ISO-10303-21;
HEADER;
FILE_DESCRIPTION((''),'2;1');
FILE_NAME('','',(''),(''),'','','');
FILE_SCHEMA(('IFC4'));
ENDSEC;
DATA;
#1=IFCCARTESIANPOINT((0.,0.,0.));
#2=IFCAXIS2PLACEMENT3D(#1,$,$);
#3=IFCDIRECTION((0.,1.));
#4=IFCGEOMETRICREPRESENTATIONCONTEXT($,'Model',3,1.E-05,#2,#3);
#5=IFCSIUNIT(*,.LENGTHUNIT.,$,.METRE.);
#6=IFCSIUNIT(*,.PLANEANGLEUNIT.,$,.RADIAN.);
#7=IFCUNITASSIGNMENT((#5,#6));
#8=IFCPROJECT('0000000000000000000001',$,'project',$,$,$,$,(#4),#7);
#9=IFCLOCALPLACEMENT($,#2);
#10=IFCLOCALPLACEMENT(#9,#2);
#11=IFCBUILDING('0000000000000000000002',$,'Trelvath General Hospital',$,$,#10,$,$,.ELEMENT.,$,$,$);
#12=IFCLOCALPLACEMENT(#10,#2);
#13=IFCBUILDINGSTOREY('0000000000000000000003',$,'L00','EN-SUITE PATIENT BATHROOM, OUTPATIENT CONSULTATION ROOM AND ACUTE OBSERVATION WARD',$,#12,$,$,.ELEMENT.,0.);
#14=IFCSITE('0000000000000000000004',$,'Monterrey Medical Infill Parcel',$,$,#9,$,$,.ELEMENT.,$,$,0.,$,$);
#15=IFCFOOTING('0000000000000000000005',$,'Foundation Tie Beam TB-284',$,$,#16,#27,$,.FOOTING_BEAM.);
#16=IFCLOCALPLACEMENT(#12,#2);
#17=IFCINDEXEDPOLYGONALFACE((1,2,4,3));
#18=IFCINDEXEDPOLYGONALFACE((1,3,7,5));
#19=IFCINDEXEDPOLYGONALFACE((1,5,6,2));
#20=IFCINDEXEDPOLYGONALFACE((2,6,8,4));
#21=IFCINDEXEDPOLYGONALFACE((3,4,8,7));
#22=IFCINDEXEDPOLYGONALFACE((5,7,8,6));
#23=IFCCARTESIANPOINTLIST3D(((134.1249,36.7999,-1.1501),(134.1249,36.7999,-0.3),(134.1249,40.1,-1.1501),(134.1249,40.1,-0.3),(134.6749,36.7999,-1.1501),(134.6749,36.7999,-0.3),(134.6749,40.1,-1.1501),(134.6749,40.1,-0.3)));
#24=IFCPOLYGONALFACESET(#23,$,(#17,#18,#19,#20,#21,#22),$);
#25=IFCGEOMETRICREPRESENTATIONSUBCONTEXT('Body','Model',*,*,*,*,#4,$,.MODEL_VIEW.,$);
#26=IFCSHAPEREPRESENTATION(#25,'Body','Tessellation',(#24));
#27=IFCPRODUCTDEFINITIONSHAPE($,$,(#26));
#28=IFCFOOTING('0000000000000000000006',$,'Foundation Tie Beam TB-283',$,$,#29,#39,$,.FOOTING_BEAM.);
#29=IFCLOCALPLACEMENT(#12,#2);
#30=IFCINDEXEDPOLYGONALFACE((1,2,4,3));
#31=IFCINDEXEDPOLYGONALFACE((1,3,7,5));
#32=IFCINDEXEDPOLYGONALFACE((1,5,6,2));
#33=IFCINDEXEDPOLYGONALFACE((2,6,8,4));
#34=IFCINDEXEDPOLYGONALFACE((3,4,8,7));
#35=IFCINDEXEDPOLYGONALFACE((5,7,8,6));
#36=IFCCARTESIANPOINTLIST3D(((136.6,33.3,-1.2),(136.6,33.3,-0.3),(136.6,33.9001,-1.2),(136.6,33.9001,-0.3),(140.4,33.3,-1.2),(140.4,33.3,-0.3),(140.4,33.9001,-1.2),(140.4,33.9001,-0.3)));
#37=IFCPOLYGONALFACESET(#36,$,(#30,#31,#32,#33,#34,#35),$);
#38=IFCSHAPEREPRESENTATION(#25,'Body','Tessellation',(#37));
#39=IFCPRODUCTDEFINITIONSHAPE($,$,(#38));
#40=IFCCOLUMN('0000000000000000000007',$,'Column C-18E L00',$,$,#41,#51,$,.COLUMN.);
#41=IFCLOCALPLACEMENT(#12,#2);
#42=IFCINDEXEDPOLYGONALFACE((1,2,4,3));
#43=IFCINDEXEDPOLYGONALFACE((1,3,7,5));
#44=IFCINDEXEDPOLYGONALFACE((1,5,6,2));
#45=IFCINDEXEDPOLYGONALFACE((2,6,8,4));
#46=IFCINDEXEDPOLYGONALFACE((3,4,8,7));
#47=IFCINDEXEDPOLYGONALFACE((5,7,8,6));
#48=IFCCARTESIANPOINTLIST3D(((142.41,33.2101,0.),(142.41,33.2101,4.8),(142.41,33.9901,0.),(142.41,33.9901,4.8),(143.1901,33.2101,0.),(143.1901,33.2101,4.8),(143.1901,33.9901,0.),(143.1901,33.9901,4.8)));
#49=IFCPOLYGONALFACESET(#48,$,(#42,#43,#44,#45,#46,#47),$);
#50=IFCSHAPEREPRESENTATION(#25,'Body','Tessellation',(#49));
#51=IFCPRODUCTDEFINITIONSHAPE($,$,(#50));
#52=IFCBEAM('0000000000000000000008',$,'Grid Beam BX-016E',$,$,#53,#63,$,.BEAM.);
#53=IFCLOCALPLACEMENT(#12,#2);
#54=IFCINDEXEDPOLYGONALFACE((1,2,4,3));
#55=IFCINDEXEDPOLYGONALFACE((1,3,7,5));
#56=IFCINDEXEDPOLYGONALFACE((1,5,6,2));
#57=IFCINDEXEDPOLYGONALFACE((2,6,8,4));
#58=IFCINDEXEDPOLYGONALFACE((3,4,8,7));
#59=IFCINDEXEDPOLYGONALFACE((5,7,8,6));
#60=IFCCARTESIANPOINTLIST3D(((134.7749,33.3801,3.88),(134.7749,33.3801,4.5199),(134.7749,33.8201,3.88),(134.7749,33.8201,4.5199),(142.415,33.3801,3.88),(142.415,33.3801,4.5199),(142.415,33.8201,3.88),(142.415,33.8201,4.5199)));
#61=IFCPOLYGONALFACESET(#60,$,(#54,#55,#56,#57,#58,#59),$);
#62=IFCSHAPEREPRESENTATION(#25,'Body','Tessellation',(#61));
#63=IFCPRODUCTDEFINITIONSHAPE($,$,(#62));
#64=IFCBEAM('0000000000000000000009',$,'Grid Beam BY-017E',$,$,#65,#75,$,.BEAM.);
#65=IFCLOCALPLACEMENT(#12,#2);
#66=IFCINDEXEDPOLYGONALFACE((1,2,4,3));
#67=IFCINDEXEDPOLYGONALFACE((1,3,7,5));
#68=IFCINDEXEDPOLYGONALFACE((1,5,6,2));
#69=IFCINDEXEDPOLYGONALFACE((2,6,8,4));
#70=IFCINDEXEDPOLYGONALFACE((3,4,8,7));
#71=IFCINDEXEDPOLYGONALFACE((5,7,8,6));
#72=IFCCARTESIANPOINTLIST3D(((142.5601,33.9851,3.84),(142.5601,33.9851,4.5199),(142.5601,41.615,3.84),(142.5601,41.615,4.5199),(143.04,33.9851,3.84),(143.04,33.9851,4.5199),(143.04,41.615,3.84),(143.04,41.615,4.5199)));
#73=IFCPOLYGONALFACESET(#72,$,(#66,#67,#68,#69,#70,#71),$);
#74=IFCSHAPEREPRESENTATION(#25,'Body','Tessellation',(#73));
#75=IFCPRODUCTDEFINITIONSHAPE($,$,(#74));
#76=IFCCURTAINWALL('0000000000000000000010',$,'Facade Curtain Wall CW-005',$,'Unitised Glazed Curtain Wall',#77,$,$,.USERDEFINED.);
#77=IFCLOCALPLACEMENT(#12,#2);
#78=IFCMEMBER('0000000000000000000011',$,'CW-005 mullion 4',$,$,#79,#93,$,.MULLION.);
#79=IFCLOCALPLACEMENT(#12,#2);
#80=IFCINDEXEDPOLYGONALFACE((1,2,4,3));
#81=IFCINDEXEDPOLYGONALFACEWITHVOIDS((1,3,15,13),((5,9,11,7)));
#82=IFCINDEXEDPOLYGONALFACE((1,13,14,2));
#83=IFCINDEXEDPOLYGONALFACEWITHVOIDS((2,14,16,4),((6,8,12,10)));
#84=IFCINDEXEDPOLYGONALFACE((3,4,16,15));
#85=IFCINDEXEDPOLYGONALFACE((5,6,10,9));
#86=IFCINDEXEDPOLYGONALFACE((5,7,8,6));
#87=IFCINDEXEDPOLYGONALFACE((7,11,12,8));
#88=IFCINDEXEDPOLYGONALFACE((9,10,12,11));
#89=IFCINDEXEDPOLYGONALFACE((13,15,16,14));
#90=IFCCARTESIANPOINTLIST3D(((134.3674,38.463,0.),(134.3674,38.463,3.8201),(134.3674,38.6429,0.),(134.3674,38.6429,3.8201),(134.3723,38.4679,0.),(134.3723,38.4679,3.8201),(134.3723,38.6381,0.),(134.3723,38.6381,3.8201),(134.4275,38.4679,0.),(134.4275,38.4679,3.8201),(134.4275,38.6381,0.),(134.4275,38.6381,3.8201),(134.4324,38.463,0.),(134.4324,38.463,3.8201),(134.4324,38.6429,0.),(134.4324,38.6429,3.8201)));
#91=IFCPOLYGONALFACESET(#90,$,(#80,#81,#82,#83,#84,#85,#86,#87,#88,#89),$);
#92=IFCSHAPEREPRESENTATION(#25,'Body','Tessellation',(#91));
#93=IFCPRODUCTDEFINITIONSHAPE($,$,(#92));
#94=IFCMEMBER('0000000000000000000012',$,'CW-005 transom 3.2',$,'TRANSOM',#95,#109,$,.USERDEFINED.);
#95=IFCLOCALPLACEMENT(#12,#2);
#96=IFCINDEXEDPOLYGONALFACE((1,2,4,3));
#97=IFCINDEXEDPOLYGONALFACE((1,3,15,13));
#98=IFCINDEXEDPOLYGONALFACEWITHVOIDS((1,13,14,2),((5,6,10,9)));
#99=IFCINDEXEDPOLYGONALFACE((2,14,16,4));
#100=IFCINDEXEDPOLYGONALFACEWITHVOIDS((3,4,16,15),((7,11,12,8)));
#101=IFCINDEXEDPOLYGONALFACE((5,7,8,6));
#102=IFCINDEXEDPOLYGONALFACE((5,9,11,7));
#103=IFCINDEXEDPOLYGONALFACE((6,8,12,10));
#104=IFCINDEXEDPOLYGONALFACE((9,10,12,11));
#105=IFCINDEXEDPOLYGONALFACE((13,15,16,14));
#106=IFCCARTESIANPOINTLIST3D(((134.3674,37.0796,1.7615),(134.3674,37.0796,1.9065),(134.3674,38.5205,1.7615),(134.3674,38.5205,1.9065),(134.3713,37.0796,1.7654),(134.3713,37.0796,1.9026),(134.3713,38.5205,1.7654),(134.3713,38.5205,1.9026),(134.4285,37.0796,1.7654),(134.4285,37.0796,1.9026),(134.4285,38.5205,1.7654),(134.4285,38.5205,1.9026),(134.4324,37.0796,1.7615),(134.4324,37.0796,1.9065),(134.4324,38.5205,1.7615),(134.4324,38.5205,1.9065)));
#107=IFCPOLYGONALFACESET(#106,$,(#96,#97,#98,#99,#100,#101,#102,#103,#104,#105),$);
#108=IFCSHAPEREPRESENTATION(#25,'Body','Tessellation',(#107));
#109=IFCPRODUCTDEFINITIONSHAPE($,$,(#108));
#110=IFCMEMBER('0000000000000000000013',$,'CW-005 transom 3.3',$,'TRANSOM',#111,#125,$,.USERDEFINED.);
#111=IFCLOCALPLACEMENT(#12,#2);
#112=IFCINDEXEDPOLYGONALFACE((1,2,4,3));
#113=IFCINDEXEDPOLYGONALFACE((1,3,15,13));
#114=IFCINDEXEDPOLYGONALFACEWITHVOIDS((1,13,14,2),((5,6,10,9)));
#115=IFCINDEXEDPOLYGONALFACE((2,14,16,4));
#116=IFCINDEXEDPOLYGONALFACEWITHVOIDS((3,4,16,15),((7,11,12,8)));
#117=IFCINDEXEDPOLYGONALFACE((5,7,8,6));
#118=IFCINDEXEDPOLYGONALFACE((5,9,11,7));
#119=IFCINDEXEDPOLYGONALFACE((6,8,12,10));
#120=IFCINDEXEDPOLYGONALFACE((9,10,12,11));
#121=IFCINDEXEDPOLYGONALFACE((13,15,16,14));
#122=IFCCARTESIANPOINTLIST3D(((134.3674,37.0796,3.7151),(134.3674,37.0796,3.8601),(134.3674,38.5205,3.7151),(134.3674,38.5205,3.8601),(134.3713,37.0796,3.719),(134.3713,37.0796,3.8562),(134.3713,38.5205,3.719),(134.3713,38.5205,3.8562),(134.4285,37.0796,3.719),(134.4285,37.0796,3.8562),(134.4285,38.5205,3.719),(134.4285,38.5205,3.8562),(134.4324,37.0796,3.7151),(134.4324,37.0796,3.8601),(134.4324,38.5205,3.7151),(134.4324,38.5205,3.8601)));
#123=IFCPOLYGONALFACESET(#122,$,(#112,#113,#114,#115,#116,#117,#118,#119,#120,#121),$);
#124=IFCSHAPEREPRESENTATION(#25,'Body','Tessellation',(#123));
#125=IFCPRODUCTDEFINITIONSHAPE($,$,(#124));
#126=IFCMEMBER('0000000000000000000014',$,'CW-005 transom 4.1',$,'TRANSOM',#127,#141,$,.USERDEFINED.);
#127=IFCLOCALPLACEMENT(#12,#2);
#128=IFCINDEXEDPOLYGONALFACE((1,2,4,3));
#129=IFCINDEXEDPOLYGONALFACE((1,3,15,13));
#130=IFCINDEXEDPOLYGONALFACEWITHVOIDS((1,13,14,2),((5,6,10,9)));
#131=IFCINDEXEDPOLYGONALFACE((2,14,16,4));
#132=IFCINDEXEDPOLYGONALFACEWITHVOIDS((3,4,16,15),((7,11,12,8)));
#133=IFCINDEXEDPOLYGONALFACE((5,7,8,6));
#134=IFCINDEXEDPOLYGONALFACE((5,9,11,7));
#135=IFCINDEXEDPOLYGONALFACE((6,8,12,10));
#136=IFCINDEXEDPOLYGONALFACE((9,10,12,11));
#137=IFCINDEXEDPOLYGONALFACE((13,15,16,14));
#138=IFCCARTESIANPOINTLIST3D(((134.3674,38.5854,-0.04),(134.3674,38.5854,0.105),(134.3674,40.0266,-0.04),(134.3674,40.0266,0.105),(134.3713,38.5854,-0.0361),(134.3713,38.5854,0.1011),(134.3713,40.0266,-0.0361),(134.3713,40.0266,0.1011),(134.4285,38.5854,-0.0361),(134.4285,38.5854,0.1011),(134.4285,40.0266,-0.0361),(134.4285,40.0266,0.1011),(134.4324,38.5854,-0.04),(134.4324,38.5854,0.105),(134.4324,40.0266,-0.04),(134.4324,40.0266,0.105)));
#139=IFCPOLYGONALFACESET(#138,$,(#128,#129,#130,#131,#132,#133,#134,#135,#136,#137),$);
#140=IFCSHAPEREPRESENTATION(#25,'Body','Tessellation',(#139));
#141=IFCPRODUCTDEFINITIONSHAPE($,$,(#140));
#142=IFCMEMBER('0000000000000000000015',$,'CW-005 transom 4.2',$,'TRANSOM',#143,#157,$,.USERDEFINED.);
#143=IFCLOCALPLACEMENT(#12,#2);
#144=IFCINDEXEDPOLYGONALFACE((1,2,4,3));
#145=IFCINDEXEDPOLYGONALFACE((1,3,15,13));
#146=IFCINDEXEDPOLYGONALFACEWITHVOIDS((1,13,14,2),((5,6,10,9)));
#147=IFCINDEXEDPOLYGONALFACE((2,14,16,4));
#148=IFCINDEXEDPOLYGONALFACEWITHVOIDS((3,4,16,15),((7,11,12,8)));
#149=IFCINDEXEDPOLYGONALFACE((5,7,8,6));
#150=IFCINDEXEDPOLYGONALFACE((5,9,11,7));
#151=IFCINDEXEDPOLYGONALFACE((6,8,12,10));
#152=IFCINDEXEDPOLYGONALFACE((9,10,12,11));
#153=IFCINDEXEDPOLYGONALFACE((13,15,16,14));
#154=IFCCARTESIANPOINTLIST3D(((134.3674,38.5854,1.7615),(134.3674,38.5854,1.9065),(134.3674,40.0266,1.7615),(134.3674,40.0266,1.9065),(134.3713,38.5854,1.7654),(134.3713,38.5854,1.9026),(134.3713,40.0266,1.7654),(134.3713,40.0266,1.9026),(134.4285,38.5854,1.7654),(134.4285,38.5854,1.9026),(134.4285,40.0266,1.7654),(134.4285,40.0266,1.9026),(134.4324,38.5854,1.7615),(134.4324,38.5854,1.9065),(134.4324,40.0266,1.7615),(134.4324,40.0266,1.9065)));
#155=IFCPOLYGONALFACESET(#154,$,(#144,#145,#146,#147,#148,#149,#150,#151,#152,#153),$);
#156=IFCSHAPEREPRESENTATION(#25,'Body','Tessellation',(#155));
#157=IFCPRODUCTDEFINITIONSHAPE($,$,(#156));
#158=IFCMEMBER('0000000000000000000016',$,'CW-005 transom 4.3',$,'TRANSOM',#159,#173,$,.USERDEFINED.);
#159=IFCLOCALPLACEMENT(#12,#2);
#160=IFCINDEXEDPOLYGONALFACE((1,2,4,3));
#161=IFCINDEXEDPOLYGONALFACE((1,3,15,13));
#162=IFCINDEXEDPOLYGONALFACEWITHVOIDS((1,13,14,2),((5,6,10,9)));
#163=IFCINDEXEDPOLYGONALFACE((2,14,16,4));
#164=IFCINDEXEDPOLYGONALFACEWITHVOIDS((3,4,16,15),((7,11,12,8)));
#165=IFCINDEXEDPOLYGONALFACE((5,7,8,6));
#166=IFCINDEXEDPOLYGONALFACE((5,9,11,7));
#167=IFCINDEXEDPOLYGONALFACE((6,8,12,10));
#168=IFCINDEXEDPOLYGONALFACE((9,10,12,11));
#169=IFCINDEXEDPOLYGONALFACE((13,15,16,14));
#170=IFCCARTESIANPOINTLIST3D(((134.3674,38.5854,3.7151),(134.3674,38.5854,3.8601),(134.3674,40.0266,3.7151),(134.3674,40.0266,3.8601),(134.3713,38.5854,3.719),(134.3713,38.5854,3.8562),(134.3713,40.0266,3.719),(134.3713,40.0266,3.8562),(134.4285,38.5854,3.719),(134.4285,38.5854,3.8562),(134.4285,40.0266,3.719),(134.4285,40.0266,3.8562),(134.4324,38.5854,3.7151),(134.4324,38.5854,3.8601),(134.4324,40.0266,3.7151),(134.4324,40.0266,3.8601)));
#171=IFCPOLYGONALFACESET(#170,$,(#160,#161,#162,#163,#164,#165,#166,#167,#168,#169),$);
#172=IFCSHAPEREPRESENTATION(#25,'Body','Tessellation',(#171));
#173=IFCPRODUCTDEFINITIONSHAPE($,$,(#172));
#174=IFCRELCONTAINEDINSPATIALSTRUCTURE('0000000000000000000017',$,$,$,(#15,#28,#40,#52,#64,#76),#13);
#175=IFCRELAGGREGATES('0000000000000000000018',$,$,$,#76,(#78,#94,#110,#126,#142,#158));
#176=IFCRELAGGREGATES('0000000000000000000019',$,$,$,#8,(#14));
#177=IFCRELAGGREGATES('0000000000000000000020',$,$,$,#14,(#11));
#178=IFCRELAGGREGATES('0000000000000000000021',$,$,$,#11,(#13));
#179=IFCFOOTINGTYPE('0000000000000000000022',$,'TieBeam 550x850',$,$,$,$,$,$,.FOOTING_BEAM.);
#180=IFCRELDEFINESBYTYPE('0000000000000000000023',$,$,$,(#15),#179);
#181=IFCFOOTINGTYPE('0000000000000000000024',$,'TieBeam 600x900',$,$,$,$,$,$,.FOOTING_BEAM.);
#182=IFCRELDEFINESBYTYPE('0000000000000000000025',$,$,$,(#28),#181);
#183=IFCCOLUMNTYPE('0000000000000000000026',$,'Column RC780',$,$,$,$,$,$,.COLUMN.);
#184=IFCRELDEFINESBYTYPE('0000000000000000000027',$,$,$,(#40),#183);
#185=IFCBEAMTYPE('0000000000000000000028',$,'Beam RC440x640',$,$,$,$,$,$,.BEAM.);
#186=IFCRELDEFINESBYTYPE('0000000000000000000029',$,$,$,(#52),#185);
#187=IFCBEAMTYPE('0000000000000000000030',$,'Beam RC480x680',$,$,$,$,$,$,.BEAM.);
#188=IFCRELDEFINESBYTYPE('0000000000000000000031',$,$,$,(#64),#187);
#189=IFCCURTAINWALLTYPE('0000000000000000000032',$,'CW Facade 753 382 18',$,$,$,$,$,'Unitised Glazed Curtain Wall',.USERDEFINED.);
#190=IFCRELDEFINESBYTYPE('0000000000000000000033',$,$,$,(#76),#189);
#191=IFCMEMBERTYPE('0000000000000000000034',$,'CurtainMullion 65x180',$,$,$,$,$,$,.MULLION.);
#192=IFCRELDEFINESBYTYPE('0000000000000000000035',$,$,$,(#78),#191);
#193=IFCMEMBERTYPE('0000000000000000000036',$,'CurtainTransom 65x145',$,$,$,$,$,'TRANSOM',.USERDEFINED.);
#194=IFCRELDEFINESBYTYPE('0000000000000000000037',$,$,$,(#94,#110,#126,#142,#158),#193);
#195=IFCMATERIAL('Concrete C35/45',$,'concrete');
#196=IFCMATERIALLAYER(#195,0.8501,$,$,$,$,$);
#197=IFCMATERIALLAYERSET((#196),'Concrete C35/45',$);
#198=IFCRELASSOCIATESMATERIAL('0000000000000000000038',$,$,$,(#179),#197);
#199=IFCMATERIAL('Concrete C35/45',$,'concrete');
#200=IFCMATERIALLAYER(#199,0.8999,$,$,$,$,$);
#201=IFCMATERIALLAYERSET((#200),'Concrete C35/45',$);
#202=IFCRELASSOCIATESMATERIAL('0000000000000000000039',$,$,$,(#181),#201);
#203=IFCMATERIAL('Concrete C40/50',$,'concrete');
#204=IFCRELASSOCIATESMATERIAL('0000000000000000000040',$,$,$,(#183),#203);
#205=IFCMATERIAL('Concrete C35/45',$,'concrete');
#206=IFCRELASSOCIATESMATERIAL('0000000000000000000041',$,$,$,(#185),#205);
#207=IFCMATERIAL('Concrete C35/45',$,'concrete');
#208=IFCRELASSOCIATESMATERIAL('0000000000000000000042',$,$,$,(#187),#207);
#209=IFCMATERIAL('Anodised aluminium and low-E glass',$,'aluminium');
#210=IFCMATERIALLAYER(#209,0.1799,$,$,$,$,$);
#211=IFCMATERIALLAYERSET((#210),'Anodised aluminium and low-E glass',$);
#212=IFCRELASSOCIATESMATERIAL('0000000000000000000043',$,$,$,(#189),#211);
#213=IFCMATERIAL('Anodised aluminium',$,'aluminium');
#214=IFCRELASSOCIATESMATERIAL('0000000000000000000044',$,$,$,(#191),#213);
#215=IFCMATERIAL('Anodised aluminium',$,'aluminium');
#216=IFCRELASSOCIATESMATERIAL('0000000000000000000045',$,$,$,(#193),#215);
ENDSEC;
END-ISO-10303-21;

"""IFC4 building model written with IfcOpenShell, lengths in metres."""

from ifc_helpers import new_model, si_unit, direction, frame, origin, origin_2d, place, context, subcontext, project, spatial, rectangle, hollow_rectangle, extrude, material, layer, layer_set, material_profile, profile_set, type_object, element, aggregate, save


model = new_model("IFC4")

# Units and contexts
model_context = context("Model", 3, precision=1e-05, world=origin(), true_north=direction((0.0, 1.0)))
body_context = subcontext(model_context, "Body", "Model", "MODEL_VIEW")
ifc_project = project(units=[si_unit("LENGTHUNIT", "METRE"), si_unit("PLANEANGLEUNIT", "RADIAN")], contexts=[model_context])

# Site, building, storey
site_placement = place(None, origin())
site = spatial("IfcSite", under=ifc_project, at=site_placement, Name="Monterrey Medical Infill Parcel", CompositionType="ELEMENT", RefElevation=0.0)
building_placement = place(site_placement, origin())
building = spatial("IfcBuilding", under=site, at=building_placement, Name="Trelvath General Hospital", CompositionType="ELEMENT")
storey_placement = place(building_placement, origin())
storey = spatial("IfcBuildingStorey", under=building, at=storey_placement, Name="L00", Description="EN-SUITE PATIENT BATHROOM, OUTPATIENT CONSULTATION ROOM AND ACUTE OBSERVATION WARD", CompositionType="ELEMENT", Elevation=0.0)

# Footings
ifc_material_1 = material(Name="Concrete C35/45", Category="concrete")
ifc_layer_1 = layer(ifc_material_1, 0.8501)
ifc_layer_set_1 = layer_set([ifc_layer_1], Name="Concrete C35/45")
footing_type_1 = type_object("IfcFootingType", Name="TieBeam 550x850", PredefinedType="FOOTING_BEAM", material=ifc_layer_set_1)
footing_1_placement = place(storey_placement, frame((134.3999, 38.45, -1.1501), z_axis=(0.0, 0.0, 1.0), x_axis=(1.0, 0.0, 0.0)))
element("IfcFooting", 1, at=footing_1_placement, inside=storey, type_object=footing_type_1, Name="Foundation Tie Beam TB-284", PredefinedType="FOOTING_BEAM", context=body_context, shape_type="SweptSolid", body=[
    extrude(rectangle(XDim=0.55, YDim=3.3, at=origin_2d()), origin(), (0.0, 0.0, 1.0), 0.8501),
])
ifc_material_2 = material(Name="Concrete C35/45", Category="concrete")
ifc_layer_2 = layer(ifc_material_2, 0.8999)
ifc_layer_set_2 = layer_set([ifc_layer_2], Name="Concrete C35/45")
footing_type_2 = type_object("IfcFootingType", Name="TieBeam 600x900", PredefinedType="FOOTING_BEAM", material=ifc_layer_set_2)
footing_2_placement = place(storey_placement, frame((138.5, 33.6001, -1.2), z_axis=(0.0, 0.0, 1.0), x_axis=(1.0, 0.0, 0.0)))
element("IfcFooting", 2, at=footing_2_placement, inside=storey, type_object=footing_type_2, Name="Foundation Tie Beam TB-283", PredefinedType="FOOTING_BEAM", context=body_context, shape_type="SweptSolid", body=[
    extrude(rectangle(XDim=3.8, YDim=0.6001, at=origin_2d()), origin(), (0.0, 0.0, 1.0), 0.8999),
])

# Column
ifc_material_3 = material(Name="Concrete C40/50", Category="concrete")
ifc_material_profile_1 = material_profile(ifc_material_3, rectangle(XDim=0.78, YDim=0.78, at=origin_2d()), Name="RC780x780")
ifc_profile_set_1 = profile_set([ifc_material_profile_1], Name="Concrete C40/50")
column_type = type_object("IfcColumnType", Name="Column RC780", PredefinedType="COLUMN", material=ifc_profile_set_1)
column_placement = place(storey_placement, frame((142.8, 33.6001, 0.0), z_axis=(0.0, 0.0, 1.0), x_axis=(1.0, 0.0, 0.0)))
element("IfcColumn", 3, at=column_placement, inside=storey, type_object=column_type, Name="Column C-18E L00", PredefinedType="COLUMN", context=body_context, shape_type="SweptSolid", body=[
    extrude(rectangle(XDim=0.78, YDim=0.78, at=origin_2d()), origin(), (0.0, 0.0, 1.0), 4.8),
])

# Beams
ifc_material_4 = material(Name="Concrete C35/45", Category="concrete")
ifc_material_profile_2 = material_profile(ifc_material_4, rectangle(XDim=0.4399, YDim=0.6399, at=origin_2d()), Name="RCB440x640")
ifc_profile_set_2 = profile_set([ifc_material_profile_2], Name="Concrete C35/45")
beam_type_1 = type_object("IfcBeamType", Name="Beam RC440x640", PredefinedType="BEAM", material=ifc_profile_set_2)
beam_1_placement = place(storey_placement, frame((134.7749, 33.6001, 4.2), z_axis=(1.0, 0.0, 0.0), x_axis=(0.0, 1.0, 0.0)))
element("IfcBeam", 4, at=beam_1_placement, inside=storey, type_object=beam_type_1, Name="Grid Beam BX-016E", PredefinedType="BEAM", context=body_context, shape_type="SweptSolid", body=[
    extrude(rectangle(XDim=0.4399, YDim=0.6399, at=origin_2d()), origin(), (0.0, 0.0, 1.0), 7.6401),
])
ifc_material_5 = material(Name="Concrete C35/45", Category="concrete")
ifc_material_profile_3 = material_profile(ifc_material_5, rectangle(XDim=0.48, YDim=0.6799, at=origin_2d()), Name="RCB480x680")
ifc_profile_set_3 = profile_set([ifc_material_profile_3], Name="Concrete C35/45")
beam_type_2 = type_object("IfcBeamType", Name="Beam RC480x680", PredefinedType="BEAM", material=ifc_profile_set_3)
beam_2_placement = place(storey_placement, frame((142.8, 33.9851, 4.1799), z_axis=(0.0, 1.0, 0.0), x_axis=(-1.0, 0.0, 0.0)))
element("IfcBeam", 5, at=beam_2_placement, inside=storey, type_object=beam_type_2, Name="Grid Beam BY-017E", PredefinedType="BEAM", context=body_context, shape_type="SweptSolid", body=[
    extrude(rectangle(XDim=0.48, YDim=0.6799, at=origin_2d()), origin(), (0.0, 0.0, 1.0), 7.6299),
])

# Curtain wall, members
ifc_material_6 = material(Name="Anodised aluminium and low-E glass", Category="aluminium")
ifc_layer_3 = layer(ifc_material_6, 0.1799)
ifc_layer_set_3 = layer_set([ifc_layer_3], Name="Anodised aluminium and low-E glass")
curtain_wall_type = type_object("IfcCurtainWallType", Name="CW Facade 753 382 18", ElementType="Unitised Glazed Curtain Wall", PredefinedType="USERDEFINED", material=ifc_layer_set_3)
curtain_wall_placement = place(storey_placement, origin())
curtain_wall = element("IfcCurtainWall", 6, at=curtain_wall_placement, inside=storey, type_object=curtain_wall_type, Name="Facade Curtain Wall CW-005", ObjectType="Unitised Glazed Curtain Wall", PredefinedType="USERDEFINED")
ifc_material_7 = material(Name="Anodised aluminium", Category="aluminium")
ifc_material_profile_4 = material_profile(ifc_material_7, hollow_rectangle(XDim=0.0649, YDim=0.1799, WallThickness=0.0049, at=origin_2d()), Name="RHS65x180x5")
ifc_profile_set_4 = profile_set([ifc_material_profile_4], Name="Anodised aluminium")
member_type_1 = type_object("IfcMemberType", Name="CurtainMullion 65x180", PredefinedType="MULLION", material=ifc_profile_set_4)
member_1_placement = place(storey_placement, frame((134.3999, 38.553, 0.0), z_axis=(0.0, 0.0, 1.0), x_axis=(-1.0, 0.0, 0.0)))
member_1 = element("IfcMember", 7, at=member_1_placement, type_object=member_type_1, Name="CW-005 mullion 4", PredefinedType="MULLION", context=body_context, shape_type="SweptSolid", body=[
    extrude(hollow_rectangle(XDim=0.0649, YDim=0.1799, WallThickness=0.0049, at=origin_2d()), origin(), (0.0, 0.0, 1.0), 3.8201),
])
ifc_material_8 = material(Name="Anodised aluminium", Category="aluminium")
ifc_material_profile_5 = material_profile(ifc_material_8, hollow_rectangle(XDim=0.0649, YDim=0.145, WallThickness=0.0039, at=origin_2d()), Name="RHS65x145x4")
ifc_profile_set_5 = profile_set([ifc_material_profile_5], Name="Anodised aluminium")
member_type_2 = type_object("IfcMemberType", Name="CurtainTransom 65x145", ElementType="TRANSOM", PredefinedType="USERDEFINED", material=ifc_profile_set_5)
member_2_placement = place(storey_placement, frame((134.3999, 37.0796, 1.834), z_axis=(0.0, 1.0, 0.0), x_axis=(-1.0, 0.0, 0.0)))
member_2 = element("IfcMember", 8, at=member_2_placement, type_object=member_type_2, Name="CW-005 transom 3.2", ObjectType="TRANSOM", PredefinedType="USERDEFINED", context=body_context, shape_type="SweptSolid", body=[
    extrude(hollow_rectangle(XDim=0.0649, YDim=0.145, WallThickness=0.0039, at=origin_2d()), origin(), (0.0, 0.0, 1.0), 1.4409),
])
member_3_placement = place(storey_placement, frame((134.3999, 37.0796, 3.7876), z_axis=(0.0, 1.0, 0.0), x_axis=(-1.0, 0.0, 0.0)))
member_3 = element("IfcMember", 9, at=member_3_placement, type_object=member_type_2, Name="CW-005 transom 3.3", ObjectType="TRANSOM", PredefinedType="USERDEFINED", context=body_context, shape_type="SweptSolid", body=[
    extrude(hollow_rectangle(XDim=0.0649, YDim=0.145, WallThickness=0.0039, at=origin_2d()), origin(), (0.0, 0.0, 1.0), 1.4409),
])
member_4_placement = place(storey_placement, frame((134.3999, 38.5854, 0.0325), z_axis=(0.0, 1.0, 0.0), x_axis=(-1.0, 0.0, 0.0)))
member_4 = element("IfcMember", 10, at=member_4_placement, type_object=member_type_2, Name="CW-005 transom 4.1", ObjectType="TRANSOM", PredefinedType="USERDEFINED", context=body_context, shape_type="SweptSolid", body=[
    extrude(hollow_rectangle(XDim=0.0649, YDim=0.145, WallThickness=0.0039, at=origin_2d()), origin(), (0.0, 0.0, 1.0), 1.4412),
])
member_5_placement = place(storey_placement, frame((134.3999, 38.5854, 1.834), z_axis=(0.0, 1.0, 0.0), x_axis=(-1.0, 0.0, 0.0)))
member_5 = element("IfcMember", 11, at=member_5_placement, type_object=member_type_2, Name="CW-005 transom 4.2", ObjectType="TRANSOM", PredefinedType="USERDEFINED", context=body_context, shape_type="SweptSolid", body=[
    extrude(hollow_rectangle(XDim=0.0649, YDim=0.145, WallThickness=0.0039, at=origin_2d()), origin(), (0.0, 0.0, 1.0), 1.4412),
])
member_6_placement = place(storey_placement, frame((134.3999, 38.5854, 3.7876), z_axis=(0.0, 1.0, 0.0), x_axis=(-1.0, 0.0, 0.0)))
member_6 = element("IfcMember", 12, at=member_6_placement, type_object=member_type_2, Name="CW-005 transom 4.3", ObjectType="TRANSOM", PredefinedType="USERDEFINED", context=body_context, shape_type="SweptSolid", body=[
    extrude(hollow_rectangle(XDim=0.0649, YDim=0.145, WallThickness=0.0039, at=origin_2d()), origin(), (0.0, 0.0, 1.0), 1.4412),
])
aggregate(curtain_wall, [member_1, member_2, member_3, member_4, member_5, member_6])

save(model, "model.ifc")
